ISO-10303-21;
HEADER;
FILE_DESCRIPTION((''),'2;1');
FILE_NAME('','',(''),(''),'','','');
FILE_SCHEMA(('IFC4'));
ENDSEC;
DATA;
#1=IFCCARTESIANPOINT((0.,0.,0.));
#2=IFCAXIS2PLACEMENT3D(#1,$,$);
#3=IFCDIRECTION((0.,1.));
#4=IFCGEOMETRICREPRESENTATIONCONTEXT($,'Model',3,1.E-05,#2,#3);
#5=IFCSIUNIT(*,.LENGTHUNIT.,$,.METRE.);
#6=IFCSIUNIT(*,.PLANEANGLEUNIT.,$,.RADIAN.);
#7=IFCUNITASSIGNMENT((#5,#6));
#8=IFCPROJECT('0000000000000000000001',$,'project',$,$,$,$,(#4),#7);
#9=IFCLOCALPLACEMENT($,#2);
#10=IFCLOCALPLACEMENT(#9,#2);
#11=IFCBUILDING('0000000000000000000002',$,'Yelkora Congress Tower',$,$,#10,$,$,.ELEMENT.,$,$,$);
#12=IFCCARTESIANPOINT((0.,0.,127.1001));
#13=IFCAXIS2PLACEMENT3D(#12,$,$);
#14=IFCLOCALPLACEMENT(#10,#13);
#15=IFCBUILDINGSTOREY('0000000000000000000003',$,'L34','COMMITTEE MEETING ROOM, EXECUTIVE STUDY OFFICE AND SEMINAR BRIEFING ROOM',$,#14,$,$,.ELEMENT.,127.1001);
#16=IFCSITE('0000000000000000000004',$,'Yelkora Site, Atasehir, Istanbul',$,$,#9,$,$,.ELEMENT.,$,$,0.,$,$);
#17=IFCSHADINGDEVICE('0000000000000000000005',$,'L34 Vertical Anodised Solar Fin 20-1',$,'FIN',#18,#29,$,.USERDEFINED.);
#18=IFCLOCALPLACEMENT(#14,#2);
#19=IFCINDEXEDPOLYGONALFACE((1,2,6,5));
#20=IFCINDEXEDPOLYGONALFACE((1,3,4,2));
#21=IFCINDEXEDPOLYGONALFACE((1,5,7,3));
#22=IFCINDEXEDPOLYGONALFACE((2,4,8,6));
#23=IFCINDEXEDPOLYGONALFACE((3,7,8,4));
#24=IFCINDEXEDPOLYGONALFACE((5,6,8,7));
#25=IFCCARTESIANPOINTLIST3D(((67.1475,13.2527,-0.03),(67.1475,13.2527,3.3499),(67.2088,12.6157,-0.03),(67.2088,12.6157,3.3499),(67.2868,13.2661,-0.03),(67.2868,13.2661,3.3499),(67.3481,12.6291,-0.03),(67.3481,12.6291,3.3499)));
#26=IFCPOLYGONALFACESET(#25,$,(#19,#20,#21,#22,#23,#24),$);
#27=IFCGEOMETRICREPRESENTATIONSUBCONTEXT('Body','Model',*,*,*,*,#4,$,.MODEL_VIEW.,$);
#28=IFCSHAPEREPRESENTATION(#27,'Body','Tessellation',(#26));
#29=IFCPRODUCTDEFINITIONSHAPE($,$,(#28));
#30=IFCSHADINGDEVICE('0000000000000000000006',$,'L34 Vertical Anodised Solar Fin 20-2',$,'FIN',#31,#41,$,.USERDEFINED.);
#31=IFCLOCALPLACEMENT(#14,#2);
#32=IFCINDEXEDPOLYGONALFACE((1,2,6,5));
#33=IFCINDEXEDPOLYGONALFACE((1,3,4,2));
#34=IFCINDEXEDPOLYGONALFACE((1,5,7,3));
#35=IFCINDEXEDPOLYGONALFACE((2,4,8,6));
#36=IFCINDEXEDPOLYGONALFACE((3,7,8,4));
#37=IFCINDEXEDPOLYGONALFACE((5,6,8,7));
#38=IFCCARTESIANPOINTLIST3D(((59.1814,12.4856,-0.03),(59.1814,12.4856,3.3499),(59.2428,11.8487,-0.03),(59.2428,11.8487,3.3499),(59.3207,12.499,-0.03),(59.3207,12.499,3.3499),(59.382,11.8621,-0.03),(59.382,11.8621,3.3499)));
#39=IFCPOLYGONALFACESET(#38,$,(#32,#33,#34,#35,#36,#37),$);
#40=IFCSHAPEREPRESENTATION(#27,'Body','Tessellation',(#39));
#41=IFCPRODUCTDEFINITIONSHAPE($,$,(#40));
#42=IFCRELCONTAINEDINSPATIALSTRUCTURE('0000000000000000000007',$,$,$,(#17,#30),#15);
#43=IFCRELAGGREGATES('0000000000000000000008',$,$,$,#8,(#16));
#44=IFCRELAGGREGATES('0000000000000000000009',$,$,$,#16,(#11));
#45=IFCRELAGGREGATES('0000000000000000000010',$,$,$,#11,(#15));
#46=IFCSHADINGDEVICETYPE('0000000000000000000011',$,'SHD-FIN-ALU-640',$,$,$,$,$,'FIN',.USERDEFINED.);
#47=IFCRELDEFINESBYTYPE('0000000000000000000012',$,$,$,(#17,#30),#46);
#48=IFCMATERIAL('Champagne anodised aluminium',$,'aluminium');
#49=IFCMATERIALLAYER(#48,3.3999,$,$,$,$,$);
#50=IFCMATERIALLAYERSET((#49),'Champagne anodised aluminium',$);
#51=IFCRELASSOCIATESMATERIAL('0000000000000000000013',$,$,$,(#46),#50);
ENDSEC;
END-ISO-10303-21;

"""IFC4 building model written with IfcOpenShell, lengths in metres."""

from ifc_helpers import new_model, si_unit, direction, frame, origin, origin_2d, place, context, subcontext, project, spatial, rectangle, extrude, material, layer, layer_set, type_object, element, save


model = new_model("IFC4")

# Units and contexts
model_context = context("Model", 3, precision=1e-05, world=origin(), true_north=direction((0.0, 1.0)))
body_context = subcontext(model_context, "Body", "Model", "MODEL_VIEW")
ifc_project = project(units=[si_unit("LENGTHUNIT", "METRE"), si_unit("PLANEANGLEUNIT", "RADIAN")], contexts=[model_context])

# Site, building, storey
site_placement = place(None, origin())
site = spatial("IfcSite", under=ifc_project, at=site_placement, Name="Yelkora Site, Atasehir, Istanbul", CompositionType="ELEMENT", RefElevation=0.0)
building_placement = place(site_placement, origin())
building = spatial("IfcBuilding", under=site, at=building_placement, Name="Yelkora Congress Tower", CompositionType="ELEMENT")
storey_placement = place(building_placement, frame((0.0, 0.0, 127.1001)))
storey = spatial("IfcBuildingStorey", under=building, at=storey_placement, Name="L34", Description="COMMITTEE MEETING ROOM, EXECUTIVE STUDY OFFICE AND SEMINAR BRIEFING ROOM", CompositionType="ELEMENT", Elevation=127.1001)

# Shading devices
ifc_material_1 = material(Name="Champagne anodised aluminium", Category="aluminium")
ifc_layer_1 = layer(ifc_material_1, 3.3999)
ifc_layer_set_1 = layer_set([ifc_layer_1], Name="Champagne anodised aluminium")
shading_device_type = type_object("IfcShadingDeviceType", Name="SHD-FIN-ALU-640", ElementType="FIN", PredefinedType="USERDEFINED", material=ifc_layer_set_1)
for number, where, z_axis, x_axis, name in (
    (1, (67.2478, 12.9409, -0.03), (0.0, 0.0, 1.0), (-0.995396, -0.095846, 0.0), "L34 Vertical Anodised Solar Fin 20-1"),
    (2, (59.2817, 12.1738, -0.03), (0.0, 0.0, 1.0), (-0.995396, -0.095846, 0.0), "L34 Vertical Anodised Solar Fin 20-2"),
):
    element("IfcShadingDevice", number, at=place(storey_placement, frame(where, z_axis=z_axis, x_axis=x_axis)), inside=storey, type_object=shading_device_type, Name=name, ObjectType="FIN", PredefinedType="USERDEFINED", context=body_context, shape_type="SweptSolid", body=[
        extrude(rectangle(XDim=0.1399, YDim=0.6399, at=origin_2d()), origin(), (0.0, 0.0, 1.0), 3.3799),
    ])

save(model, "model.ifc")
